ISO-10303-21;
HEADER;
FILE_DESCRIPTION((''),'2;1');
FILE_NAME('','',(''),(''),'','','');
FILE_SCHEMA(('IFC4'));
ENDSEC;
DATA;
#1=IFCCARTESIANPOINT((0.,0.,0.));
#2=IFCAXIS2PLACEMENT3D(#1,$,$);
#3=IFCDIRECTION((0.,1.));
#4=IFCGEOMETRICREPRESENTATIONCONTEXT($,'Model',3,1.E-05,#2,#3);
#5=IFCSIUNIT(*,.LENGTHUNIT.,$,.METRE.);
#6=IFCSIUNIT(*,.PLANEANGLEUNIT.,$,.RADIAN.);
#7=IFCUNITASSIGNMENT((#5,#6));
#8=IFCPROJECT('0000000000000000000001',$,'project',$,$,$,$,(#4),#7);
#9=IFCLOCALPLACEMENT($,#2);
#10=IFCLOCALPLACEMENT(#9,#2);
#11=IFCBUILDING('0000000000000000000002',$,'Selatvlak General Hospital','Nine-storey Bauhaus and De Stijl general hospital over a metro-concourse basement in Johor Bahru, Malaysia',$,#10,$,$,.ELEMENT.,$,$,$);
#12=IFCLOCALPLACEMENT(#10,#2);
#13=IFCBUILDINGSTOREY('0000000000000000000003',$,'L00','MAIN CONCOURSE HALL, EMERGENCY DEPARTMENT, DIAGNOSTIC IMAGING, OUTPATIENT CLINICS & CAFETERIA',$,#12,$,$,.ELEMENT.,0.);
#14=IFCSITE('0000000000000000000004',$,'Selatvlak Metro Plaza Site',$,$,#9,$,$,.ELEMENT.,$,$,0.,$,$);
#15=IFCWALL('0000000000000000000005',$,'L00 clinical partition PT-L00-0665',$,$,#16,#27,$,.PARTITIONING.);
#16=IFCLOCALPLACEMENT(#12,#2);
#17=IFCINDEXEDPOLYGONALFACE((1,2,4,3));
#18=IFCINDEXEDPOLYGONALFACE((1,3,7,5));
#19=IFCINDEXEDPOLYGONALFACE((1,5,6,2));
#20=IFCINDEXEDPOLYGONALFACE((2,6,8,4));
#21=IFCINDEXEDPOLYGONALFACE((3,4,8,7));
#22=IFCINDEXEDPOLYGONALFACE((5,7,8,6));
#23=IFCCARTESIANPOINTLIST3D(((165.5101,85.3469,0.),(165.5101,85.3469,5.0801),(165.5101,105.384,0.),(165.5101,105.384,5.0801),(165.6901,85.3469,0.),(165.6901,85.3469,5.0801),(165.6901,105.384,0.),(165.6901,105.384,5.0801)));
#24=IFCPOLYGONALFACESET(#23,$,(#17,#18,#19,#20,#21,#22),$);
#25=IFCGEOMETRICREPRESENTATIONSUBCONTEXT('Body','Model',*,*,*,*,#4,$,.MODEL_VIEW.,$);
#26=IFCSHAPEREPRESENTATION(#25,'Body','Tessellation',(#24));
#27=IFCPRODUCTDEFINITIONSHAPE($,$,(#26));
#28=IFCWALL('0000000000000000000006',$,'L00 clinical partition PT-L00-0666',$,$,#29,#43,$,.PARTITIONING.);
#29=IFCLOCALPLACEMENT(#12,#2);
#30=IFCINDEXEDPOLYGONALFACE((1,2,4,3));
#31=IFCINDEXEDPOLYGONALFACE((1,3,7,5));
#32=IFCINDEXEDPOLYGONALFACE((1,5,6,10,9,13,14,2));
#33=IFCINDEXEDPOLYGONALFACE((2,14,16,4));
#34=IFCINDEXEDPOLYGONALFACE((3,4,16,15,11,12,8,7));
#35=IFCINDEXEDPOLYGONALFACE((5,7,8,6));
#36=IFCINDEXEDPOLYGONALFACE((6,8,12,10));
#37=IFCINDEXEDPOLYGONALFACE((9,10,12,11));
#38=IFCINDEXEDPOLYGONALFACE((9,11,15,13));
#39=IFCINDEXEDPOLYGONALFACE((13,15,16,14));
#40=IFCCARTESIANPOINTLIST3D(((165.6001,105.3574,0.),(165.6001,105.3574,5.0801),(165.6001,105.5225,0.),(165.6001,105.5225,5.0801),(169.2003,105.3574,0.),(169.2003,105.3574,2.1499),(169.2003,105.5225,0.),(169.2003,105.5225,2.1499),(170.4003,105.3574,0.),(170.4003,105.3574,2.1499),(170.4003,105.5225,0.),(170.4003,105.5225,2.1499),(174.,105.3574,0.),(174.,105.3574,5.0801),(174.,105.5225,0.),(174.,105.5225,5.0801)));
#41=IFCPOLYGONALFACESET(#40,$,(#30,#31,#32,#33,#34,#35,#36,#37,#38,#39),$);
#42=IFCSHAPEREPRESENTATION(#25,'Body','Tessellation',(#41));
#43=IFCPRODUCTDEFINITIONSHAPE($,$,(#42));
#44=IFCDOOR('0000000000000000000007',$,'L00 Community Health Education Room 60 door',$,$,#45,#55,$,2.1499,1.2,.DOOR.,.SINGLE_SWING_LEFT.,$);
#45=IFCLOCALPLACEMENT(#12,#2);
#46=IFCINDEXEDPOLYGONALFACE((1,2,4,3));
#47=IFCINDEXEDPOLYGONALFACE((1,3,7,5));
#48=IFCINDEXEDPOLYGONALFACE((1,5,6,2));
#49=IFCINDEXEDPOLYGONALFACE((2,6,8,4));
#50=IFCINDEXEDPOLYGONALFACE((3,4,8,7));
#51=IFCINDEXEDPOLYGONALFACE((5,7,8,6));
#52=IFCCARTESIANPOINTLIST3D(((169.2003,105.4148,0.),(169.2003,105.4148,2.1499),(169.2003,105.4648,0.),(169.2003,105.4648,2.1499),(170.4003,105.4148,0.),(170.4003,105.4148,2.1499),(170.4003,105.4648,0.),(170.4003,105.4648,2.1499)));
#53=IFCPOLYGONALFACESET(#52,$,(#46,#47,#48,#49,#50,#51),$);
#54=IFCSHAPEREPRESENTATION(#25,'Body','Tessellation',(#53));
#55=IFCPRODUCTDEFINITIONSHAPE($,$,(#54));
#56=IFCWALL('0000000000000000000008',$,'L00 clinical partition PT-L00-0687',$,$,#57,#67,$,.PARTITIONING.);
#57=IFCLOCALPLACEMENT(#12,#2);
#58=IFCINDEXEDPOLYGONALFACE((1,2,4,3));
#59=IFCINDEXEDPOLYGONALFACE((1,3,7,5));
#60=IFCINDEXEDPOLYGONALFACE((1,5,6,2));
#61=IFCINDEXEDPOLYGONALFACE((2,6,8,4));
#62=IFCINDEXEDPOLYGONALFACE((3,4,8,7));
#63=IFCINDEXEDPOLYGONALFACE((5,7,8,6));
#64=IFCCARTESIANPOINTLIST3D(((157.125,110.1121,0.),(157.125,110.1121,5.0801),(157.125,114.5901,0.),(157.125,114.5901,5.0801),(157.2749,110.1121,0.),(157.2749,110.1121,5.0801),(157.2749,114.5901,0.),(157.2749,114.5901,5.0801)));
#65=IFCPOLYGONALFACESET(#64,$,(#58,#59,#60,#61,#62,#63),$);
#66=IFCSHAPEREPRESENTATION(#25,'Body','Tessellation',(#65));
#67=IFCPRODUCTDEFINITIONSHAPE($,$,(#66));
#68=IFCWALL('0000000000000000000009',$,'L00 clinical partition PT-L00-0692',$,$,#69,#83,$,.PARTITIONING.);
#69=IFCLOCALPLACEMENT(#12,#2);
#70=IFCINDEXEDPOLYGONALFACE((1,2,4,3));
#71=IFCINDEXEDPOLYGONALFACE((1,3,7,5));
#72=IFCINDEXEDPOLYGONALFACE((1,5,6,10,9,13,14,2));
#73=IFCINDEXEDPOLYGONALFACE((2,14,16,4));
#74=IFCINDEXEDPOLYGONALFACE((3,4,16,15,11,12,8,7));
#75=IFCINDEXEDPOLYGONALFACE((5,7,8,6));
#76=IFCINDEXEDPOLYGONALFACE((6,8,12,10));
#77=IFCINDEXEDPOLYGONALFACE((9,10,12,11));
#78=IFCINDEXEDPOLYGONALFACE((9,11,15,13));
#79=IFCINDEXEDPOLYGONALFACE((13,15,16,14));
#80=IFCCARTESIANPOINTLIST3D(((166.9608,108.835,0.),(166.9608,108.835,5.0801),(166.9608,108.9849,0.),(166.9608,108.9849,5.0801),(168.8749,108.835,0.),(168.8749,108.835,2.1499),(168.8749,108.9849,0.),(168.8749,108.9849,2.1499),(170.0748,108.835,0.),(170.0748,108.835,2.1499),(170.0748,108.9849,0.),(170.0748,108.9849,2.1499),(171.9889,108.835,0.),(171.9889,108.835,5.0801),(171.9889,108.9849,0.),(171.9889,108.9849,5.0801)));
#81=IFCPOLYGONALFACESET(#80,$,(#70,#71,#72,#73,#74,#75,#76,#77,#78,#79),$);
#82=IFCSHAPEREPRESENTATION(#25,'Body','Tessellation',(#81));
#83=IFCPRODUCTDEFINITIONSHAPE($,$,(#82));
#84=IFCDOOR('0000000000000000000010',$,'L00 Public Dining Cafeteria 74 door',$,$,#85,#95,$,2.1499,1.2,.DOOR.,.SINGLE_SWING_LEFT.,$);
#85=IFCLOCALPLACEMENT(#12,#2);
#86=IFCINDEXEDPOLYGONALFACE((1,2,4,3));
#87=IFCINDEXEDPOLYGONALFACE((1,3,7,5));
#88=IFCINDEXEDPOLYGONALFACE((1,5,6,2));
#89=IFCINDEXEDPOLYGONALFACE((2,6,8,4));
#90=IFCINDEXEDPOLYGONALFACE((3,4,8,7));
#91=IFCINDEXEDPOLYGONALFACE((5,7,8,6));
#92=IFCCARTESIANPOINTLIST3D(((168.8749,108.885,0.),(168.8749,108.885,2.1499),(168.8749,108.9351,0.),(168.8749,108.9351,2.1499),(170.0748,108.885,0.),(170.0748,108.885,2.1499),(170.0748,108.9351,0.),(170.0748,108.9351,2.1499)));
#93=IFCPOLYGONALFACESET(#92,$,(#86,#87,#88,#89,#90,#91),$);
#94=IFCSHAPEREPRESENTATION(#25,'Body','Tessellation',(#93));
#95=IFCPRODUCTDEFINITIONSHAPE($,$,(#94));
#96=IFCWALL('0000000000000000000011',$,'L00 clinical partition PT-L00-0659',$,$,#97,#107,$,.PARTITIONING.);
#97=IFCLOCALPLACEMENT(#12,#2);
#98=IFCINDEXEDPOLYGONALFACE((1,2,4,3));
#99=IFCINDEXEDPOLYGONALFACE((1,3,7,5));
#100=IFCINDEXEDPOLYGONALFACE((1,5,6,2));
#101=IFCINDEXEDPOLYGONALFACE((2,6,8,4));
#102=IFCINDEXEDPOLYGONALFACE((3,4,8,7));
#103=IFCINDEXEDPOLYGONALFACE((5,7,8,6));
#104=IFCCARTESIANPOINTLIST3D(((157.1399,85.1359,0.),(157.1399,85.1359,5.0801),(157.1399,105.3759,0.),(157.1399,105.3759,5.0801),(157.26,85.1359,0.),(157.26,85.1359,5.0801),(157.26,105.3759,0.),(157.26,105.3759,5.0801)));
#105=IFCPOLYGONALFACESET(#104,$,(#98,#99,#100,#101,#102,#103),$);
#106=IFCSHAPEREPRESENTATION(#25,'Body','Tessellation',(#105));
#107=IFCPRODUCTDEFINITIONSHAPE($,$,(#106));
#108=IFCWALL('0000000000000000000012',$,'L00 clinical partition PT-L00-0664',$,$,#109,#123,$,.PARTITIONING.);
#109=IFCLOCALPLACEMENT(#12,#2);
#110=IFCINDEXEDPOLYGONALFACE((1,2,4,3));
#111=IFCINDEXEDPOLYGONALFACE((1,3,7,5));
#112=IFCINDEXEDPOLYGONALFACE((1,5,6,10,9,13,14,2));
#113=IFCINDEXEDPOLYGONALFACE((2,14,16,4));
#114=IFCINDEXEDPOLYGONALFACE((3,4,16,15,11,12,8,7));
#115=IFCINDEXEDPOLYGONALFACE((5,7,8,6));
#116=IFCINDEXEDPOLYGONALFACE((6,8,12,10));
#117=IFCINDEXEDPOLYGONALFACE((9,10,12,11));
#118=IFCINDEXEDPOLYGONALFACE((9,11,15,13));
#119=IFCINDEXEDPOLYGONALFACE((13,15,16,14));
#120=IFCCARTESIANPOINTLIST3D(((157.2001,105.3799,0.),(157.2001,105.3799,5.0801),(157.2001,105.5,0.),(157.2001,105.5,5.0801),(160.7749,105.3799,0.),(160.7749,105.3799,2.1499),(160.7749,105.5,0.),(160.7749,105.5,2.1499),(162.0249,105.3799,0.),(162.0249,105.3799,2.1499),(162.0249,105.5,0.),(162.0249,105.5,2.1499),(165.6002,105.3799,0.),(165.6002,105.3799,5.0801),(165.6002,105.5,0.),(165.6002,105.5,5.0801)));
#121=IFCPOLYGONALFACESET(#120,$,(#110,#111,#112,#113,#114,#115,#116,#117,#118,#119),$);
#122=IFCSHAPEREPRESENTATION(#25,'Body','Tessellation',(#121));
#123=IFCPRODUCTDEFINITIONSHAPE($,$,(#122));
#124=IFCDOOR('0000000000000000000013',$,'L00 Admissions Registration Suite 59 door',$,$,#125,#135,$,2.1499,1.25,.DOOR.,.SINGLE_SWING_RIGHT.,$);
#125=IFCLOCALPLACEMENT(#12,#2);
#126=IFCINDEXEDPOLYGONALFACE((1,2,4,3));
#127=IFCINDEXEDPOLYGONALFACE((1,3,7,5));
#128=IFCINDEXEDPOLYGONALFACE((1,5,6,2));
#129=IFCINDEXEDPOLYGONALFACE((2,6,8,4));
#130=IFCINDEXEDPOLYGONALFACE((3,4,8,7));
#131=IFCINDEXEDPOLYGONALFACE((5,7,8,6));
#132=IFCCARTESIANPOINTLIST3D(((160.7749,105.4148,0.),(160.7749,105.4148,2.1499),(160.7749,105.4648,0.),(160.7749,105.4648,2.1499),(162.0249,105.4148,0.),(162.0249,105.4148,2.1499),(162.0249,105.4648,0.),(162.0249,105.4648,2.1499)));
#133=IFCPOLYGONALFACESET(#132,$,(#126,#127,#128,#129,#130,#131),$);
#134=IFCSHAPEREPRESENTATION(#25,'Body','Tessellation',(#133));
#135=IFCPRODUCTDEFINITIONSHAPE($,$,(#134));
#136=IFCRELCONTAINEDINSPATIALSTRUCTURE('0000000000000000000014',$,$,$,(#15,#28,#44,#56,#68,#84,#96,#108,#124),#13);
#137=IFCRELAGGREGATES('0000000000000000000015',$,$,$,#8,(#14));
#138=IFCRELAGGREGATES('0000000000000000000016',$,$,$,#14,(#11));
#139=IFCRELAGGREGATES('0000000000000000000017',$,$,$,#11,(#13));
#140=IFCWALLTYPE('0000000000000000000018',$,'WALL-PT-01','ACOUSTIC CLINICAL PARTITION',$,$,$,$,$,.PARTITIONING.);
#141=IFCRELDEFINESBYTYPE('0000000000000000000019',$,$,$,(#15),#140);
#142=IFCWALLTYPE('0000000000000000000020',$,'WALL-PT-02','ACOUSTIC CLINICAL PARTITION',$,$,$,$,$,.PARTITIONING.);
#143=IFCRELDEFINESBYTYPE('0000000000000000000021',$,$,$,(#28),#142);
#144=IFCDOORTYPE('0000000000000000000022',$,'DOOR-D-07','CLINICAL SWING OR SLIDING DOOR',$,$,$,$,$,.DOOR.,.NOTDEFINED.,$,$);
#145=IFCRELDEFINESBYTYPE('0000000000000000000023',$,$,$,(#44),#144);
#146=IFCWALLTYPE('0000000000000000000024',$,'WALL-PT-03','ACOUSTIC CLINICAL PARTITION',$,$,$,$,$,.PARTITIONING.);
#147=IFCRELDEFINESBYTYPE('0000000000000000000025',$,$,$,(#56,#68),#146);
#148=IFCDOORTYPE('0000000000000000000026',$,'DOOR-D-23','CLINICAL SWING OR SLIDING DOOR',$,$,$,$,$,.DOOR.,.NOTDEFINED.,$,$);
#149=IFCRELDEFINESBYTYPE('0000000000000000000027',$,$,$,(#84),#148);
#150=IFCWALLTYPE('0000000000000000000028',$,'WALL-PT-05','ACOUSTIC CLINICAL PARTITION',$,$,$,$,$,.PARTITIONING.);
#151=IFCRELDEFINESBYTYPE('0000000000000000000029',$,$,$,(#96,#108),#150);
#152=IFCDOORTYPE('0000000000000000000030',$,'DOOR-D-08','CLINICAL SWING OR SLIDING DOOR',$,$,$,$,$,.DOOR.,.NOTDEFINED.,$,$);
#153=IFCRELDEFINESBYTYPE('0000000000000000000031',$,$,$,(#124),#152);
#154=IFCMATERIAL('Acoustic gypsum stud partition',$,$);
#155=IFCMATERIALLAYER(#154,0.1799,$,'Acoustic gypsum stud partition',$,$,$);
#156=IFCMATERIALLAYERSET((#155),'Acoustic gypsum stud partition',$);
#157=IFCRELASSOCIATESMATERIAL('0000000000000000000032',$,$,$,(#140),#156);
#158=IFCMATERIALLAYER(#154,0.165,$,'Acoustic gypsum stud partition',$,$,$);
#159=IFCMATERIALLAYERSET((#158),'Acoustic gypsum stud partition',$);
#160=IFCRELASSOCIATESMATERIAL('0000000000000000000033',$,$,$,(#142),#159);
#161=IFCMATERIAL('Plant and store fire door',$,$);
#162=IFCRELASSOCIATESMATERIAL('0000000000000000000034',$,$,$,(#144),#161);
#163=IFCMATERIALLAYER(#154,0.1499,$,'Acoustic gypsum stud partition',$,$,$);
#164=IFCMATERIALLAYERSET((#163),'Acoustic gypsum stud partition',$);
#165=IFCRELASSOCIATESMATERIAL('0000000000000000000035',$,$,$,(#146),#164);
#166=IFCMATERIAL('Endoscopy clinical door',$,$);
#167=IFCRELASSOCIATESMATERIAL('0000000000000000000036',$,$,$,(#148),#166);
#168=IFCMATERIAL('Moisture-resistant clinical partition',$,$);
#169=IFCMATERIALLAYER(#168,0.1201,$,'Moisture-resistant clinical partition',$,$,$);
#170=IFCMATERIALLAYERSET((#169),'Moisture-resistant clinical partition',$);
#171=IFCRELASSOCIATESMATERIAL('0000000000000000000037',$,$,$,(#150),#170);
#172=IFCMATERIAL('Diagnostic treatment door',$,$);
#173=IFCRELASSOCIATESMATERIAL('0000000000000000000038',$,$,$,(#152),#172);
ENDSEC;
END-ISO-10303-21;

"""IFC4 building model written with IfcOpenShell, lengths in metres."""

from ifc_helpers import new_model, si_unit, direction, frame, frame_2d, origin, place, context, subcontext, project, spatial, rectangle, extrude, material, layer, layer_set, type_object, element, fill, save


model = new_model("IFC4")

# Units and contexts
model_context = context("Model", 3, precision=1e-05, world=origin(), true_north=direction((0.0, 1.0)))
body_context = subcontext(model_context, "Body", "Model", "MODEL_VIEW")
ifc_project = project(units=[si_unit("LENGTHUNIT", "METRE"), si_unit("PLANEANGLEUNIT", "RADIAN")], contexts=[model_context])

# Site, building, storey
site_placement = place(None, origin())
site = spatial("IfcSite", under=ifc_project, at=site_placement, Name="Selatvlak Metro Plaza Site", CompositionType="ELEMENT", RefElevation=0.0)
building_placement = place(site_placement, origin())
building = spatial("IfcBuilding", under=site, at=building_placement, Name="Selatvlak General Hospital", Description="Nine-storey Bauhaus and De Stijl general hospital over a metro-concourse basement in Johor Bahru, Malaysia", CompositionType="ELEMENT")
storey_placement = place(building_placement, origin())
storey = spatial("IfcBuildingStorey", under=building, at=storey_placement, Name="L00", Description="MAIN CONCOURSE HALL, EMERGENCY DEPARTMENT, DIAGNOSTIC IMAGING, OUTPATIENT CLINICS & CAFETERIA", CompositionType="ELEMENT", Elevation=0.0)

# Wall
ifc_material_1 = material(Name="Acoustic gypsum stud partition")
ifc_layer_1 = layer(ifc_material_1, 0.1799, Name="Acoustic gypsum stud partition")
ifc_layer_set_1 = layer_set([ifc_layer_1], Name="Acoustic gypsum stud partition")
wall_type_1 = type_object("IfcWallType", Name="WALL-PT-01", Description="ACOUSTIC CLINICAL PARTITION", PredefinedType="PARTITIONING", material=ifc_layer_set_1)
wall_1_placement = place(storey_placement, frame((165.6001, 105.384, 0.0), z_axis=(0.0, 0.0, 1.0), x_axis=(0.0, -1.0, 0.0)))
element("IfcWall", 1, at=wall_1_placement, inside=storey, type_object=wall_type_1, Name="L00 clinical partition PT-L00-0665", PredefinedType="PARTITIONING", context=body_context, shape_type="SweptSolid", body=[
    extrude(rectangle(XDim=20.0371, YDim=0.1799, at=frame_2d((10.0186, 0.0))), origin(), (0.0, 0.0, 1.0), 5.0801),
])

# Wall, opening, door
ifc_layer_2 = layer(ifc_material_1, 0.165, Name="Acoustic gypsum stud partition")
ifc_layer_set_2 = layer_set([ifc_layer_2], Name="Acoustic gypsum stud partition")
wall_type_2 = type_object("IfcWallType", Name="WALL-PT-02", Description="ACOUSTIC CLINICAL PARTITION", PredefinedType="PARTITIONING", material=ifc_layer_set_2)
wall_2_placement = place(storey_placement, frame((165.6001, 105.4399, 0.0), z_axis=(0.0, 0.0, 1.0), x_axis=(1.0, 0.0, 0.0)))
wall_2 = element("IfcWall", 2, at=wall_2_placement, inside=storey, type_object=wall_type_2, Name="L00 clinical partition PT-L00-0666", PredefinedType="PARTITIONING", context=body_context, shape_type="SweptSolid", body=[
    extrude(rectangle(XDim=8.3999, YDim=0.165, at=frame_2d((4.2, 0.0))), origin(), (0.0, 0.0, 1.0), 5.0801),
])
opening_1_placement = place(wall_2_placement, frame((3.6001, 0.0, 0.0)))
opening_1 = element("IfcOpeningElement", 3, at=opening_1_placement, cuts=wall_2, PredefinedType="OPENING", context=body_context, shape_type="SweptSolid", body=[
    extrude(rectangle(XDim=1.2, YDim=2.1499, at=frame_2d((0.6001, 1.075))), frame((0.0, 0.0925, 0.0), z_axis=(0.0, -1.0, 0.0), x_axis=(1.0, 0.0, 0.0)), (0.0, 0.0, 1.0), 0.1851),
])
ifc_material_2 = material(Name="Plant and store fire door")
door_type_1 = type_object("IfcDoorType", Name="DOOR-D-07", Description="CLINICAL SWING OR SLIDING DOOR", OperationType="NOTDEFINED", PredefinedType="DOOR", material=ifc_material_2)
door_1_placement = place(opening_1_placement, origin())
door_1 = element("IfcDoor", 4, at=door_1_placement, inside=storey, type_object=door_type_1, Name="L00 Community Health Education Room 60 door", OperationType="SINGLE_SWING_LEFT", OverallHeight=2.1499, OverallWidth=1.2, PredefinedType="DOOR", context=body_context, shape_type="SweptSolid", body=[
    extrude(rectangle(XDim=1.2, YDim=2.1499, at=frame_2d((0.6001, 1.075))), frame((0.0, 0.0249, 0.0), z_axis=(0.0, -1.0, 0.0), x_axis=(1.0, 0.0, 0.0)), (0.0, 0.0, 1.0), 0.05),
])
fill(opening_1, door_1)

# Wall
ifc_layer_3 = layer(ifc_material_1, 0.1499, Name="Acoustic gypsum stud partition")
ifc_layer_set_3 = layer_set([ifc_layer_3], Name="Acoustic gypsum stud partition")
wall_type_3 = type_object("IfcWallType", Name="WALL-PT-03", Description="ACOUSTIC CLINICAL PARTITION", PredefinedType="PARTITIONING", material=ifc_layer_set_3)
wall_3_placement = place(storey_placement, frame((157.2, 114.5901, 0.0), z_axis=(0.0, 0.0, 1.0), x_axis=(0.0, -1.0, 0.0)))
element("IfcWall", 5, at=wall_3_placement, inside=storey, type_object=wall_type_3, Name="L00 clinical partition PT-L00-0687", PredefinedType="PARTITIONING", context=body_context, shape_type="SweptSolid", body=[
    extrude(rectangle(XDim=4.478, YDim=0.1499, at=frame_2d((2.239, 0.0))), origin(), (0.0, 0.0, 1.0), 5.0801),
])

# Wall, opening, door
wall_4_placement = place(storey_placement, frame((171.989, 108.9099, 0.0), z_axis=(0.0, 0.0, 1.0), x_axis=(-1.0, 0.0, 0.0)))
wall_4 = element("IfcWall", 6, at=wall_4_placement, inside=storey, type_object=wall_type_3, Name="L00 clinical partition PT-L00-0692", PredefinedType="PARTITIONING", context=body_context, shape_type="SweptSolid", body=[
    extrude(rectangle(XDim=5.0281, YDim=0.1499, at=frame_2d((2.5142, 0.0))), origin(), (0.0, 0.0, 1.0), 5.0801),
])
opening_2_placement = place(wall_4_placement, frame((1.9141, 0.0, 0.0)))
opening_2 = element("IfcOpeningElement", 7, at=opening_2_placement, cuts=wall_4, PredefinedType="OPENING", context=body_context, shape_type="SweptSolid", body=[
    extrude(rectangle(XDim=1.2, YDim=2.1499, at=frame_2d((0.6001, 1.075))), frame((0.0, 0.085, 0.0), z_axis=(0.0, -1.0, 0.0), x_axis=(1.0, 0.0, 0.0)), (0.0, 0.0, 1.0), 0.1699),
])
ifc_material_3 = material(Name="Endoscopy clinical door")
door_type_2 = type_object("IfcDoorType", Name="DOOR-D-23", Description="CLINICAL SWING OR SLIDING DOOR", OperationType="NOTDEFINED", PredefinedType="DOOR", material=ifc_material_3)
door_2_placement = place(opening_2_placement, origin())
door_2 = element("IfcDoor", 8, at=door_2_placement, inside=storey, type_object=door_type_2, Name="L00 Public Dining Cafeteria 74 door", OperationType="SINGLE_SWING_LEFT", OverallHeight=2.1499, OverallWidth=1.2, PredefinedType="DOOR", context=body_context, shape_type="SweptSolid", body=[
    extrude(rectangle(XDim=1.2, YDim=2.1499, at=frame_2d((0.6001, 1.075))), frame((0.0, 0.0249, 0.0), z_axis=(0.0, -1.0, 0.0), x_axis=(1.0, 0.0, 0.0)), (0.0, 0.0, 1.0), 0.05),
])
fill(opening_2, door_2)

# Wall
ifc_material_4 = material(Name="Moisture-resistant clinical partition")
ifc_layer_4 = layer(ifc_material_4, 0.1201, Name="Moisture-resistant clinical partition")
ifc_layer_set_4 = layer_set([ifc_layer_4], Name="Moisture-resistant clinical partition")
wall_type_4 = type_object("IfcWallType", Name="WALL-PT-05", Description="ACOUSTIC CLINICAL PARTITION", PredefinedType="PARTITIONING", material=ifc_layer_set_4)
wall_5_placement = place(storey_placement, frame((157.2, 105.376, 0.0), z_axis=(0.0, 0.0, 1.0), x_axis=(0.0, -1.0, 0.0)))
element("IfcWall", 9, at=wall_5_placement, inside=storey, type_object=wall_type_4, Name="L00 clinical partition PT-L00-0659", PredefinedType="PARTITIONING", context=body_context, shape_type="SweptSolid", body=[
    extrude(rectangle(XDim=20.24, YDim=0.1201, at=frame_2d((10.1201, 0.0))), origin(), (0.0, 0.0, 1.0), 5.0801),
])

# Wall, opening, door
wall_6_placement = place(storey_placement, frame((157.2, 105.4399, 0.0), z_axis=(0.0, 0.0, 1.0), x_axis=(1.0, 0.0, 0.0)))
wall_6 = element("IfcWall", 10, at=wall_6_placement, inside=storey, type_object=wall_type_4, Name="L00 clinical partition PT-L00-0664", PredefinedType="PARTITIONING", context=body_context, shape_type="SweptSolid", body=[
    extrude(rectangle(XDim=8.4001, YDim=0.1201, at=frame_2d((4.2002, 0.0))), origin(), (0.0, 0.0, 1.0), 5.0801),
])
opening_3_placement = place(wall_6_placement, frame((3.575, 0.0, 0.0)))
opening_3 = element("IfcOpeningElement", 11, at=opening_3_placement, cuts=wall_6, PredefinedType="OPENING", context=body_context, shape_type="SweptSolid", body=[
    extrude(rectangle(XDim=1.25, YDim=2.1499, at=frame_2d((0.625, 1.075))), frame((0.0, 0.0701, 0.0), z_axis=(0.0, -1.0, 0.0), x_axis=(1.0, 0.0, 0.0)), (0.0, 0.0, 1.0), 0.1401),
])
ifc_material_5 = material(Name="Diagnostic treatment door")
door_type_3 = type_object("IfcDoorType", Name="DOOR-D-08", Description="CLINICAL SWING OR SLIDING DOOR", OperationType="NOTDEFINED", PredefinedType="DOOR", material=ifc_material_5)
door_3_placement = place(opening_3_placement, origin())
door_3 = element("IfcDoor", 12, at=door_3_placement, inside=storey, type_object=door_type_3, Name="L00 Admissions Registration Suite 59 door", OperationType="SINGLE_SWING_RIGHT", OverallHeight=2.1499, OverallWidth=1.25, PredefinedType="DOOR", context=body_context, shape_type="SweptSolid", body=[
    extrude(rectangle(XDim=1.25, YDim=2.1499, at=frame_2d((0.625, 1.075))), frame((0.0, 0.0249, 0.0), z_axis=(0.0, -1.0, 0.0), x_axis=(1.0, 0.0, 0.0)), (0.0, 0.0, 1.0), 0.05),
])
fill(opening_3, door_3)

save(model, "model.ifc")
